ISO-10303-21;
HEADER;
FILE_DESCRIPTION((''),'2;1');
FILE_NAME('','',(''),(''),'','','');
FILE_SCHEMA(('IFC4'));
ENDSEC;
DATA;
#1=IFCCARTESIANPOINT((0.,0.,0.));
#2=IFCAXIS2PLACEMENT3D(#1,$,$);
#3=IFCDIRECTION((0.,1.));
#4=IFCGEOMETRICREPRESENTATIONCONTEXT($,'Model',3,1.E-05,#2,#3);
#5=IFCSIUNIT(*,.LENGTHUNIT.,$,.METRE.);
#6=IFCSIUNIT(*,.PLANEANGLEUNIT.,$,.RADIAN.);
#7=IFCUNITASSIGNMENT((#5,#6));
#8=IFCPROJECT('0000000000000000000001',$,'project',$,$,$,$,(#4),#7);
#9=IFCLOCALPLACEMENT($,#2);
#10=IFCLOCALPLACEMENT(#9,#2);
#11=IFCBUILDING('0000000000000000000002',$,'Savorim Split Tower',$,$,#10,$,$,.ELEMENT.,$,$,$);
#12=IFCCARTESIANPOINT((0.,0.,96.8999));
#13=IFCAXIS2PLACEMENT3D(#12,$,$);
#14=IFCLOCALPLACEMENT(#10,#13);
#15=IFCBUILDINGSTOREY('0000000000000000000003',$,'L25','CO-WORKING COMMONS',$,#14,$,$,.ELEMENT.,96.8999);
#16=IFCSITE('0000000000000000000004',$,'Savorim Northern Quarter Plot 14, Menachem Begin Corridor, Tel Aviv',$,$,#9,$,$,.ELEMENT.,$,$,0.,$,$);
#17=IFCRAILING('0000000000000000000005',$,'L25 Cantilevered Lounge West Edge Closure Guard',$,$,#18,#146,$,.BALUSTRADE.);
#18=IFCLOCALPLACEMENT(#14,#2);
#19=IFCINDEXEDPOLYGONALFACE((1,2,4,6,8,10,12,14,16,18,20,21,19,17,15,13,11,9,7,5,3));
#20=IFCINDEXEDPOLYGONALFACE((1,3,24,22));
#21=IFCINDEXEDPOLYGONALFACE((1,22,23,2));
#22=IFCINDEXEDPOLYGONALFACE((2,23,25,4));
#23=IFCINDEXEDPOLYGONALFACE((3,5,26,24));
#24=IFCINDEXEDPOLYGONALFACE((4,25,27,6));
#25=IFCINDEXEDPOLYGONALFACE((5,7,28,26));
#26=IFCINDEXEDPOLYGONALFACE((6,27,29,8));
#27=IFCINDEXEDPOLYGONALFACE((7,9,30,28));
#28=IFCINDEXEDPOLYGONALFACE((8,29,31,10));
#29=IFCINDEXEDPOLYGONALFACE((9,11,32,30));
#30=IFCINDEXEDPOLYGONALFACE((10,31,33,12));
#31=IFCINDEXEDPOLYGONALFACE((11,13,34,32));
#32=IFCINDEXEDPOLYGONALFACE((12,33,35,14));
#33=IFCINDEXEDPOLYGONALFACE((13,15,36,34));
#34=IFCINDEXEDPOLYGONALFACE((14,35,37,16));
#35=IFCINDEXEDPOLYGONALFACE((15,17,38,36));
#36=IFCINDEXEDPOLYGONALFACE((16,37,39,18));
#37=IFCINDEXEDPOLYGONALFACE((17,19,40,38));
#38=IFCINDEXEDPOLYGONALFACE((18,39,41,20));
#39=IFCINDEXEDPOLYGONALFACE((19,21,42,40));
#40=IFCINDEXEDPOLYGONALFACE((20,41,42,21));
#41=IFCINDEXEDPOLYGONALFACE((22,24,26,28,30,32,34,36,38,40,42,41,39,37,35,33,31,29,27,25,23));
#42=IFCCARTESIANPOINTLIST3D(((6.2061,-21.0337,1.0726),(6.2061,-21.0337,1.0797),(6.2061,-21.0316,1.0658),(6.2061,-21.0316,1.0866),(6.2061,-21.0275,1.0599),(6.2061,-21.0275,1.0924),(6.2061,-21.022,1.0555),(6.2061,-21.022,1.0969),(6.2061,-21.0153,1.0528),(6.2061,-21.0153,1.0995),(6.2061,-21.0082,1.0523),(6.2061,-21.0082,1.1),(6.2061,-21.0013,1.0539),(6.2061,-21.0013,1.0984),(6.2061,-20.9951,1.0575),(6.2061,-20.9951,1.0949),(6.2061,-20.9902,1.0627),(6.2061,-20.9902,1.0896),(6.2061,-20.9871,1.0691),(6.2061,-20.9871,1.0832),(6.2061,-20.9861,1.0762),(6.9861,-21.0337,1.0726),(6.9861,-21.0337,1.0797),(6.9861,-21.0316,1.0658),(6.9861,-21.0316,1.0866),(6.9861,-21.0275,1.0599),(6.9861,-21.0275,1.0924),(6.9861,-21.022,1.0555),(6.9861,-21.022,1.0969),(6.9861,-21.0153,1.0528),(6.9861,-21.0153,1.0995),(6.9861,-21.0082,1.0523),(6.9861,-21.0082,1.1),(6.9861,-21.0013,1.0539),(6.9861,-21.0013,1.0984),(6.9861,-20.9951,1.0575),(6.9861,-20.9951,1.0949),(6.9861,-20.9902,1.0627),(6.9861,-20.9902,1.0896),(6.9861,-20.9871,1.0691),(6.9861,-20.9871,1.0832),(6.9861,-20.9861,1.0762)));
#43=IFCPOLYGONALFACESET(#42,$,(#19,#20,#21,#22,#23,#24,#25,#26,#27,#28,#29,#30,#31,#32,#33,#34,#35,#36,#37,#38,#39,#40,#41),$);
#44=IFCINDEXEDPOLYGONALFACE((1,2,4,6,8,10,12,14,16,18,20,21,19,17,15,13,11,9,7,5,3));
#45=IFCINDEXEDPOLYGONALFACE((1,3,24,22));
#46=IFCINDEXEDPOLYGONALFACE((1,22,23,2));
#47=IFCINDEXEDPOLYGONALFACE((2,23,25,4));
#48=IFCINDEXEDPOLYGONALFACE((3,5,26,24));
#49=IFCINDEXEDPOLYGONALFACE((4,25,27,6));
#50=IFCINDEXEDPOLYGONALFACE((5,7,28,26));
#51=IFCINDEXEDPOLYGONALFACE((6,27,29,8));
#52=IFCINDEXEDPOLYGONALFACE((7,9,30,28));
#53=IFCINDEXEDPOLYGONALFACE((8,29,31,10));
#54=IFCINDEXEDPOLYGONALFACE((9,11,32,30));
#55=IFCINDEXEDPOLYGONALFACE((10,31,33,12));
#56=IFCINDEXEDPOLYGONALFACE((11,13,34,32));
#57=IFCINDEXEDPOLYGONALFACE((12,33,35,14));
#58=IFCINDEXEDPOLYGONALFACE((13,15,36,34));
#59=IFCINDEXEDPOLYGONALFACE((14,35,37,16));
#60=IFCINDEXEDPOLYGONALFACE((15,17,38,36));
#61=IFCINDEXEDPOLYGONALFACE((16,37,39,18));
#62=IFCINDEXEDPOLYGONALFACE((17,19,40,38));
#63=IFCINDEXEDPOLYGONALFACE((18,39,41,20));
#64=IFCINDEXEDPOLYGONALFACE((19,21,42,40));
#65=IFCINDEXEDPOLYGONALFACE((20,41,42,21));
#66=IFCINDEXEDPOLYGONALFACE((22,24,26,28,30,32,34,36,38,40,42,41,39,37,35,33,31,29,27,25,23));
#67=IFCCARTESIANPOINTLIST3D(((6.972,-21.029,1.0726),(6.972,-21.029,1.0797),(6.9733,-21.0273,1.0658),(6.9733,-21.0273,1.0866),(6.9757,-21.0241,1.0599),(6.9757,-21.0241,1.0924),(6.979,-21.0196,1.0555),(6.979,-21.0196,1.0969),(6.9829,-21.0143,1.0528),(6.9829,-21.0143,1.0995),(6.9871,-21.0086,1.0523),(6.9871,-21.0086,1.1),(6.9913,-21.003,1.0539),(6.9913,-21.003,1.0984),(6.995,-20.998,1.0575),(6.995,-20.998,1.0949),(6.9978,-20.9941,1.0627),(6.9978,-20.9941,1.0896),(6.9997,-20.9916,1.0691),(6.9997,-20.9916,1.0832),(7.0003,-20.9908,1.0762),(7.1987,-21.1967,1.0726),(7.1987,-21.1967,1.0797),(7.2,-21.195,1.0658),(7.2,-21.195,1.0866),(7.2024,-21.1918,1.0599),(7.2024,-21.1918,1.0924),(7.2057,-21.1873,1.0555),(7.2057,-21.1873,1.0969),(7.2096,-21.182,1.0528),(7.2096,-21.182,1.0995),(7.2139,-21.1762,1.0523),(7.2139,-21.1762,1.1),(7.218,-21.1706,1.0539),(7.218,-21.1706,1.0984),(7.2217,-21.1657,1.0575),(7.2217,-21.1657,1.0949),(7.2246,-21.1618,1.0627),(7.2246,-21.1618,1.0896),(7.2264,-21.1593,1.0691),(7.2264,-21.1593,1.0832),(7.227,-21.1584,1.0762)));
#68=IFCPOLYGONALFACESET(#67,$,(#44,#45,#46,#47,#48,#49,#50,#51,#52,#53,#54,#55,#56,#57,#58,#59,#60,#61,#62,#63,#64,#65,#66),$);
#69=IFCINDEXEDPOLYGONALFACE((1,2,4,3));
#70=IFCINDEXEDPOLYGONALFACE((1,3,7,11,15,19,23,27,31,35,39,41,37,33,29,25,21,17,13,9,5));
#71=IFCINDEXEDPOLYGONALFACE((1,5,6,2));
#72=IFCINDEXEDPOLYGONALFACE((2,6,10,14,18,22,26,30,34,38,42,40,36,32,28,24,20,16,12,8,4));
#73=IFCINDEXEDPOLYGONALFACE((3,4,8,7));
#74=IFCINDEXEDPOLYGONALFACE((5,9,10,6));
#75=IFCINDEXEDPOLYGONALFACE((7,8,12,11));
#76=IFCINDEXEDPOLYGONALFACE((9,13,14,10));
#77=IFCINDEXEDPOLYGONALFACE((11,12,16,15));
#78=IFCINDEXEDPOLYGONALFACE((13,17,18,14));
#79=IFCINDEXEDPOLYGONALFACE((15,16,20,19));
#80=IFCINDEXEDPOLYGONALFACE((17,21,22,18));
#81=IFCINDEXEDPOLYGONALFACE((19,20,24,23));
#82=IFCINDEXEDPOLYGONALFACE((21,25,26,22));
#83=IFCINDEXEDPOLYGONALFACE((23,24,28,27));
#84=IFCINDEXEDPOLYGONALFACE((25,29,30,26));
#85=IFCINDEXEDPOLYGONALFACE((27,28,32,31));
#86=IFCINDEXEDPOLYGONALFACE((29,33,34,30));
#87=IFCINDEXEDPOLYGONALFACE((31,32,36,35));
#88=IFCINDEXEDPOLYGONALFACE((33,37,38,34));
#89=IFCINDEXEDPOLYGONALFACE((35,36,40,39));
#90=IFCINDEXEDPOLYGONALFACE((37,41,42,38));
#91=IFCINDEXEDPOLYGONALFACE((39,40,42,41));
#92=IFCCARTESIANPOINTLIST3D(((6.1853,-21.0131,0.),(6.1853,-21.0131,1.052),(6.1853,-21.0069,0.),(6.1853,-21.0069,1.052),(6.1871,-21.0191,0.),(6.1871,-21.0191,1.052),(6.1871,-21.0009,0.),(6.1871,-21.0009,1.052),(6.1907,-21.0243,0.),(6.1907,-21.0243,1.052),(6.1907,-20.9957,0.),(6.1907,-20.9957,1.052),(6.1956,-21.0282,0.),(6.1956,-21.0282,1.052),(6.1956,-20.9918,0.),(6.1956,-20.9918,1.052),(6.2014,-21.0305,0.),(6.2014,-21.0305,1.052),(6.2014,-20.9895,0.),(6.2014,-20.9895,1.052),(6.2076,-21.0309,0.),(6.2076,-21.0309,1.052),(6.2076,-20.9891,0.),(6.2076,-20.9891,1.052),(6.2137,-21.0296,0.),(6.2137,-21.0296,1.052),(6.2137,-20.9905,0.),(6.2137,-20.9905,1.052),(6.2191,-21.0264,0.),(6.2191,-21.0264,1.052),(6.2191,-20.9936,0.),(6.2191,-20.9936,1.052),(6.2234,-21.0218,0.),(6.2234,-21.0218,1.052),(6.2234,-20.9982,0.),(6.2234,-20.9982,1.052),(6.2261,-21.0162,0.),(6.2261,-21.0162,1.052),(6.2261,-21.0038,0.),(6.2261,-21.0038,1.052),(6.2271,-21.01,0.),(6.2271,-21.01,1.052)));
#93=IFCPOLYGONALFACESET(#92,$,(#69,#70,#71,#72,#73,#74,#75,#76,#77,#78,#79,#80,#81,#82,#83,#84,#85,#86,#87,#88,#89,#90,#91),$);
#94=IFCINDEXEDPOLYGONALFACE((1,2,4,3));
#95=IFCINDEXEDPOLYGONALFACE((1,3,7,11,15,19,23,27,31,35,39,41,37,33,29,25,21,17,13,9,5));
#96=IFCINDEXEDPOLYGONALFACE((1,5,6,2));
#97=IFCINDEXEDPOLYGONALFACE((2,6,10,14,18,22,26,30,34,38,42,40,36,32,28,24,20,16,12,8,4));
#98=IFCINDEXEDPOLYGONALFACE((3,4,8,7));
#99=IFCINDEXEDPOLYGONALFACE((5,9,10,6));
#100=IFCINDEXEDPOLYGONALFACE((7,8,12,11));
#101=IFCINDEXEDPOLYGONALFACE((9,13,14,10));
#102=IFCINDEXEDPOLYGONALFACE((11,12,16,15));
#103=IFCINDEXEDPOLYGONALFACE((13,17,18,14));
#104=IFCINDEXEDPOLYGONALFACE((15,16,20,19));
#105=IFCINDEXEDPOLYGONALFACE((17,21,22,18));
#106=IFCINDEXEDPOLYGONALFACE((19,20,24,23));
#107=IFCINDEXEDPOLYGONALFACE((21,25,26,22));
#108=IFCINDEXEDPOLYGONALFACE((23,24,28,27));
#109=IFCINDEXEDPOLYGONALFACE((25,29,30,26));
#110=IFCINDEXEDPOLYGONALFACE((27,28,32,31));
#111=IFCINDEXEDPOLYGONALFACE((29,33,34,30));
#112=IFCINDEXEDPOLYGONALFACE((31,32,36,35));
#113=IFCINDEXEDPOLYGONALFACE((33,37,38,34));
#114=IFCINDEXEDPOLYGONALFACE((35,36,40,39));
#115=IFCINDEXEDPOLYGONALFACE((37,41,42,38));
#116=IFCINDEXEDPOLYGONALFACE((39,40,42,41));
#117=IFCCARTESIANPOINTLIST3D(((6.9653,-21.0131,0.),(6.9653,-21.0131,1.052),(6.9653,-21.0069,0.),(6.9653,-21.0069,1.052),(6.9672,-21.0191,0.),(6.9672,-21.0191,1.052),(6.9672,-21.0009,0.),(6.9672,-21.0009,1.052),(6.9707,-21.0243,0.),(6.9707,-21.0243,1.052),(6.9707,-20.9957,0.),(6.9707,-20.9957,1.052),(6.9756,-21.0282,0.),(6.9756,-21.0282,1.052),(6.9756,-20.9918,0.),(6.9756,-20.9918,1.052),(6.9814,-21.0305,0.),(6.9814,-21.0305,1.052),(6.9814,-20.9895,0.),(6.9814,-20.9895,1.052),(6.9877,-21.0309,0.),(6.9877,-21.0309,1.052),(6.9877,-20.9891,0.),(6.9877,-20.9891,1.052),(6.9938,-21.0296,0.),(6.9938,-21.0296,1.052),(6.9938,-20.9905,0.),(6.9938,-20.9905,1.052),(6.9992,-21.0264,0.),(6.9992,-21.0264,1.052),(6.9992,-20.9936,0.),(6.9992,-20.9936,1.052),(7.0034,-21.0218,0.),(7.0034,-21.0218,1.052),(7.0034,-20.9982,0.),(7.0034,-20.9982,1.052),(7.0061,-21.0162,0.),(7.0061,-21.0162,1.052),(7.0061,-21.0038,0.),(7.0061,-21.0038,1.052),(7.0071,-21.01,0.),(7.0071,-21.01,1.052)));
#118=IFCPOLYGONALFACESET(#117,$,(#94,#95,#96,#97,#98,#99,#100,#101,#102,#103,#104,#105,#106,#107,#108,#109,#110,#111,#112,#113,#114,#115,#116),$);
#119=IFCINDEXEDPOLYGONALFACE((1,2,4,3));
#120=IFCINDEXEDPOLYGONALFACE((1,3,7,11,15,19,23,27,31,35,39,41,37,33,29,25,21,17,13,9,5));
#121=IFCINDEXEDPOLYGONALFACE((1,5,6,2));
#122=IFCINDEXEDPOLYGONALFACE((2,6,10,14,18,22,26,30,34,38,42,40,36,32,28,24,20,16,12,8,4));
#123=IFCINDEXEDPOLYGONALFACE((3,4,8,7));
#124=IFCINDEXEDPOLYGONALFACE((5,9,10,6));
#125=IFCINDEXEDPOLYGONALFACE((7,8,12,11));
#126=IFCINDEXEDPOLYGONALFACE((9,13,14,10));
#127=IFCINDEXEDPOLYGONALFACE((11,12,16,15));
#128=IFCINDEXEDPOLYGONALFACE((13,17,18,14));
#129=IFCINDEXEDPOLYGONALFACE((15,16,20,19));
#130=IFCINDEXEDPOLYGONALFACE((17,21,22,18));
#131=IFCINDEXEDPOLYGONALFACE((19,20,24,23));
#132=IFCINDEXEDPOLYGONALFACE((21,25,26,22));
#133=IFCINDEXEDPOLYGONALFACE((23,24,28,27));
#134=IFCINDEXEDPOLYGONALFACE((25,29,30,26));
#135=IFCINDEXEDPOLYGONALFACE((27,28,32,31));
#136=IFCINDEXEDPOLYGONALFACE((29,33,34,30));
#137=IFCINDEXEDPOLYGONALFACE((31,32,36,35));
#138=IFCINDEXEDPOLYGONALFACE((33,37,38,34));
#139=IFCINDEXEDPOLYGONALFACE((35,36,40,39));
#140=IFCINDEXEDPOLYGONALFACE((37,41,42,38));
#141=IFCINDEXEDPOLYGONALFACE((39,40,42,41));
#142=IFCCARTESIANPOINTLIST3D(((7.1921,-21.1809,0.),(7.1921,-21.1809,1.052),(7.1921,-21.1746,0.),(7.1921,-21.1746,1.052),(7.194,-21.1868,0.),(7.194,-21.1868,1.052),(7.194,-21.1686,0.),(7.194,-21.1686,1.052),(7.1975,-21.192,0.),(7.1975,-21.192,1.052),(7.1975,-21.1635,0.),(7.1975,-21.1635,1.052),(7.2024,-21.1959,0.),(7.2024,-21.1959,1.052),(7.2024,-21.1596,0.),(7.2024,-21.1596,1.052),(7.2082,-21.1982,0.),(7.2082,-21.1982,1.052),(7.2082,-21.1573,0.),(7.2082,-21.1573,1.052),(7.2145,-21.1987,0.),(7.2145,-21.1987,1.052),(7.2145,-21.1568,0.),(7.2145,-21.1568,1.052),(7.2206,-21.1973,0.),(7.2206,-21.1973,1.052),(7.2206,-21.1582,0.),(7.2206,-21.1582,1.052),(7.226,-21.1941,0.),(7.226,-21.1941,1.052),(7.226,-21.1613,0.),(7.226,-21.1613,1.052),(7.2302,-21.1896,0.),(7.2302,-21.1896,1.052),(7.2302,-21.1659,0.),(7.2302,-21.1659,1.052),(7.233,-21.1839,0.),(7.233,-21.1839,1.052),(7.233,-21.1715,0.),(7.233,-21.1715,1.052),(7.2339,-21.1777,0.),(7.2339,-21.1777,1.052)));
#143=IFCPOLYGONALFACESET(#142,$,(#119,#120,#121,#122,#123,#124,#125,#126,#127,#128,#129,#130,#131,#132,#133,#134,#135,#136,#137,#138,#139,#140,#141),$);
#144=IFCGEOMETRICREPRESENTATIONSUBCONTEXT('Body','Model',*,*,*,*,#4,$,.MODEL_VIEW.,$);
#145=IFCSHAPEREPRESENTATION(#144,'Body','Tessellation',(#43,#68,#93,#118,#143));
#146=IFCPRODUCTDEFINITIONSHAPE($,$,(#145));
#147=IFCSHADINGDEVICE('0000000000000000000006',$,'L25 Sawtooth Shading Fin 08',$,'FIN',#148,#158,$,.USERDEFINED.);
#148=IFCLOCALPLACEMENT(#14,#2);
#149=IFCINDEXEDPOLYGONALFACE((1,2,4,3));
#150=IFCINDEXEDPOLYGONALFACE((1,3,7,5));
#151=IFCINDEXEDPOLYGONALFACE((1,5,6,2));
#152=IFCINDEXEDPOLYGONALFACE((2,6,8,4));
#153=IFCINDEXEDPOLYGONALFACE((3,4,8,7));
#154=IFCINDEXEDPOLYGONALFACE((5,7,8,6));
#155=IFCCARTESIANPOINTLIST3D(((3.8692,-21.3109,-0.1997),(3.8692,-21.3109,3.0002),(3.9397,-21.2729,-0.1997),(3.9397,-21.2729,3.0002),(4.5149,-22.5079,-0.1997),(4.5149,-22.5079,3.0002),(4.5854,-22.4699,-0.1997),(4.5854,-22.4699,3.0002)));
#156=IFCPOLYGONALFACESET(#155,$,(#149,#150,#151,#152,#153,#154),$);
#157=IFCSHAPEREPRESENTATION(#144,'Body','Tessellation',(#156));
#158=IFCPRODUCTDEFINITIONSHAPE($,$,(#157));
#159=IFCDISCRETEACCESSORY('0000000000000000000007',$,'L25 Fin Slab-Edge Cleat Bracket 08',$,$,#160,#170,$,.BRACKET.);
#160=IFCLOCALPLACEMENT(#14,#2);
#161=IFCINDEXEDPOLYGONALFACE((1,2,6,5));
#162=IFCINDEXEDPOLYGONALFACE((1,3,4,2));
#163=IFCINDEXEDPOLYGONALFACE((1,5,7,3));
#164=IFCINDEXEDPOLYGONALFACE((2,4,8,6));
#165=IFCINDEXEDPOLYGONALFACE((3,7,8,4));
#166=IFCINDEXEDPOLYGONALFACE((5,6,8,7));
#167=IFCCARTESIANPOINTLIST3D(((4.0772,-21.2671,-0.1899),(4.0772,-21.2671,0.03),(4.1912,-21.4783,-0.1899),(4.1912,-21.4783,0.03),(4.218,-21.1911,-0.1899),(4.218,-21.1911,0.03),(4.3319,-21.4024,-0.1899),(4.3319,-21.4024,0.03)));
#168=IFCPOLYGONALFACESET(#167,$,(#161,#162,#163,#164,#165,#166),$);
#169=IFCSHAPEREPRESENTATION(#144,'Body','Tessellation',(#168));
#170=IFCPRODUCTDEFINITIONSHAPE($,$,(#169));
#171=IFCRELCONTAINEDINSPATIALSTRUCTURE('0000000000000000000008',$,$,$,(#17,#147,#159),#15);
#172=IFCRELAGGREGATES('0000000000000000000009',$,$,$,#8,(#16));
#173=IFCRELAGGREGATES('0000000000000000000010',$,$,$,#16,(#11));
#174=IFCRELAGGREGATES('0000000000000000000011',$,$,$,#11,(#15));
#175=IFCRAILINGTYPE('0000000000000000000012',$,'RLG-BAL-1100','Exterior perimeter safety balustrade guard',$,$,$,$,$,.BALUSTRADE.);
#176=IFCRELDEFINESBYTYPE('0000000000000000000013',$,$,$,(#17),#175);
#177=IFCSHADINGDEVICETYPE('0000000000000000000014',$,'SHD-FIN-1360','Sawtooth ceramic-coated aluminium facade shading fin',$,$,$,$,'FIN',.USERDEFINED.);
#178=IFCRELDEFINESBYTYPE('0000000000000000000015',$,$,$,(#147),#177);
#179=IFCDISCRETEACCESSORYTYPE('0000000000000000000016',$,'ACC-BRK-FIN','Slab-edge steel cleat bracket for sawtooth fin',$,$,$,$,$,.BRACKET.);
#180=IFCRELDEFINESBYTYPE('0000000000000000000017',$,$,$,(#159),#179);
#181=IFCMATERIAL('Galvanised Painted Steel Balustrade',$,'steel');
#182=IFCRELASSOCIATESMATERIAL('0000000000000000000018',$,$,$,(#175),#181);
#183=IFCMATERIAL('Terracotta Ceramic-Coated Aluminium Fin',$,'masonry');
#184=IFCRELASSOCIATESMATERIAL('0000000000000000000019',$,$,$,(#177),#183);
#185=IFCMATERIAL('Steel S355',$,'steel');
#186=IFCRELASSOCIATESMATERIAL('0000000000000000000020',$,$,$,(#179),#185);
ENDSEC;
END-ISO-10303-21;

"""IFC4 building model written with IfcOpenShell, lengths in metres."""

from ifc_helpers import new_model, si_unit, direction, frame, origin, origin_2d, place, context, subcontext, project, spatial, rectangle, circle, extrude, material, type_object, element, save


model = new_model("IFC4")

# Units and contexts
model_context = context("Model", 3, precision=1e-05, world=origin(), true_north=direction((0.0, 1.0)))
body_context = subcontext(model_context, "Body", "Model", "MODEL_VIEW")
ifc_project = project(units=[si_unit("LENGTHUNIT", "METRE"), si_unit("PLANEANGLEUNIT", "RADIAN")], contexts=[model_context])

# Site, building, storey
site_placement = place(None, origin())
site = spatial("IfcSite", under=ifc_project, at=site_placement, Name="Savorim Northern Quarter Plot 14, Menachem Begin Corridor, Tel Aviv", CompositionType="ELEMENT", RefElevation=0.0)
building_placement = place(site_placement, origin())
building = spatial("IfcBuilding", under=site, at=building_placement, Name="Savorim Split Tower", CompositionType="ELEMENT")
storey_placement = place(building_placement, frame((0.0, 0.0, 96.8999)))
storey = spatial("IfcBuildingStorey", under=building, at=storey_placement, Name="L25", Description="CO-WORKING COMMONS", CompositionType="ELEMENT", Elevation=96.8999)

# Shared definitions
ifc_material_1 = material(Name="Steel S355", Category="steel")

# Railing
ifc_material_2 = material(Name="Galvanised Painted Steel Balustrade", Category="steel")
railing_type = type_object("IfcRailingType", Name="RLG-BAL-1100", Description="Exterior perimeter safety balustrade guard", PredefinedType="BALUSTRADE", material=ifc_material_2)
railing_placement = place(storey_placement, frame((6.2061, -21.01, 0.0)))
element("IfcRailing", 1, at=railing_placement, inside=storey, type_object=railing_type, Name="L25 Cantilevered Lounge West Edge Closure Guard", PredefinedType="BALUSTRADE", context=body_context, shape_type="SweptSolid", body=[
    extrude(circle(Radius=0.0239, at=origin_2d()), frame((0.0, 0.0, 1.0762), z_axis=(1.0, 0.0, 0.0), x_axis=(0.0, 1.0, 0.0)), (0.0, 0.0, 1.0), 0.78),
    extrude(circle(Radius=0.0239, at=origin_2d()), frame((0.78, 0.0, 1.0762), z_axis=(0.804032, -0.594586, 0.0), x_axis=(0.594586, 0.804032, 0.0)), (0.0, 0.0, 1.0), 0.282),
    extrude(circle(Radius=0.021, at=origin_2d()), origin(), (0.0, 0.0, 1.0), 1.052),
    extrude(circle(Radius=0.021, at=origin_2d()), frame((0.78, 0.0, 0.0)), (0.0, 0.0, 1.0), 1.052),
    extrude(circle(Radius=0.021, at=origin_2d()), frame((1.0068, -0.1677, 0.0)), (0.0, 0.0, 1.0), 1.052),
])

# Shading device
ifc_material_3 = material(Name="Terracotta Ceramic-Coated Aluminium Fin", Category="masonry")
shading_device_type = type_object("IfcShadingDeviceType", Name="SHD-FIN-1360", Description="Sawtooth ceramic-coated aluminium facade shading fin", ElementType="FIN", PredefinedType="USERDEFINED", material=ifc_material_3)
shading_device_placement = place(storey_placement, frame((4.2273, -21.8904, -0.1997), z_axis=(0.0, 0.0, 1.0), x_axis=(0.474778, -0.880106, 0.0)))
element("IfcShadingDevice", 2, at=shading_device_placement, inside=storey, type_object=shading_device_type, Name="L25 Sawtooth Shading Fin 08", ObjectType="FIN", PredefinedType="USERDEFINED", context=body_context, shape_type="SweptSolid", body=[
    extrude(rectangle(XDim=1.3601, YDim=0.0801, at=origin_2d()), origin(), (0.0, 0.0, 1.0), 3.2),
])

# Discrete accessory
discrete_accessory_type = type_object("IfcDiscreteAccessoryType", Name="ACC-BRK-FIN", Description="Slab-edge steel cleat bracket for sawtooth fin", PredefinedType="BRACKET", material=ifc_material_1)
discrete_accessory_placement = place(storey_placement, frame((4.2046, -21.3347, -0.1899), z_axis=(0.0, 0.0, 1.0), x_axis=(0.474778, -0.880106, 0.0)))
element("IfcDiscreteAccessory", 3, at=discrete_accessory_placement, inside=storey, type_object=discrete_accessory_type, Name="L25 Fin Slab-Edge Cleat Bracket 08", PredefinedType="BRACKET", context=body_context, shape_type="SweptSolid", body=[
    extrude(rectangle(XDim=0.24, YDim=0.1599, at=origin_2d()), origin(), (0.0, 0.0, 1.0), 0.22),
])

save(model, "model.ifc")
